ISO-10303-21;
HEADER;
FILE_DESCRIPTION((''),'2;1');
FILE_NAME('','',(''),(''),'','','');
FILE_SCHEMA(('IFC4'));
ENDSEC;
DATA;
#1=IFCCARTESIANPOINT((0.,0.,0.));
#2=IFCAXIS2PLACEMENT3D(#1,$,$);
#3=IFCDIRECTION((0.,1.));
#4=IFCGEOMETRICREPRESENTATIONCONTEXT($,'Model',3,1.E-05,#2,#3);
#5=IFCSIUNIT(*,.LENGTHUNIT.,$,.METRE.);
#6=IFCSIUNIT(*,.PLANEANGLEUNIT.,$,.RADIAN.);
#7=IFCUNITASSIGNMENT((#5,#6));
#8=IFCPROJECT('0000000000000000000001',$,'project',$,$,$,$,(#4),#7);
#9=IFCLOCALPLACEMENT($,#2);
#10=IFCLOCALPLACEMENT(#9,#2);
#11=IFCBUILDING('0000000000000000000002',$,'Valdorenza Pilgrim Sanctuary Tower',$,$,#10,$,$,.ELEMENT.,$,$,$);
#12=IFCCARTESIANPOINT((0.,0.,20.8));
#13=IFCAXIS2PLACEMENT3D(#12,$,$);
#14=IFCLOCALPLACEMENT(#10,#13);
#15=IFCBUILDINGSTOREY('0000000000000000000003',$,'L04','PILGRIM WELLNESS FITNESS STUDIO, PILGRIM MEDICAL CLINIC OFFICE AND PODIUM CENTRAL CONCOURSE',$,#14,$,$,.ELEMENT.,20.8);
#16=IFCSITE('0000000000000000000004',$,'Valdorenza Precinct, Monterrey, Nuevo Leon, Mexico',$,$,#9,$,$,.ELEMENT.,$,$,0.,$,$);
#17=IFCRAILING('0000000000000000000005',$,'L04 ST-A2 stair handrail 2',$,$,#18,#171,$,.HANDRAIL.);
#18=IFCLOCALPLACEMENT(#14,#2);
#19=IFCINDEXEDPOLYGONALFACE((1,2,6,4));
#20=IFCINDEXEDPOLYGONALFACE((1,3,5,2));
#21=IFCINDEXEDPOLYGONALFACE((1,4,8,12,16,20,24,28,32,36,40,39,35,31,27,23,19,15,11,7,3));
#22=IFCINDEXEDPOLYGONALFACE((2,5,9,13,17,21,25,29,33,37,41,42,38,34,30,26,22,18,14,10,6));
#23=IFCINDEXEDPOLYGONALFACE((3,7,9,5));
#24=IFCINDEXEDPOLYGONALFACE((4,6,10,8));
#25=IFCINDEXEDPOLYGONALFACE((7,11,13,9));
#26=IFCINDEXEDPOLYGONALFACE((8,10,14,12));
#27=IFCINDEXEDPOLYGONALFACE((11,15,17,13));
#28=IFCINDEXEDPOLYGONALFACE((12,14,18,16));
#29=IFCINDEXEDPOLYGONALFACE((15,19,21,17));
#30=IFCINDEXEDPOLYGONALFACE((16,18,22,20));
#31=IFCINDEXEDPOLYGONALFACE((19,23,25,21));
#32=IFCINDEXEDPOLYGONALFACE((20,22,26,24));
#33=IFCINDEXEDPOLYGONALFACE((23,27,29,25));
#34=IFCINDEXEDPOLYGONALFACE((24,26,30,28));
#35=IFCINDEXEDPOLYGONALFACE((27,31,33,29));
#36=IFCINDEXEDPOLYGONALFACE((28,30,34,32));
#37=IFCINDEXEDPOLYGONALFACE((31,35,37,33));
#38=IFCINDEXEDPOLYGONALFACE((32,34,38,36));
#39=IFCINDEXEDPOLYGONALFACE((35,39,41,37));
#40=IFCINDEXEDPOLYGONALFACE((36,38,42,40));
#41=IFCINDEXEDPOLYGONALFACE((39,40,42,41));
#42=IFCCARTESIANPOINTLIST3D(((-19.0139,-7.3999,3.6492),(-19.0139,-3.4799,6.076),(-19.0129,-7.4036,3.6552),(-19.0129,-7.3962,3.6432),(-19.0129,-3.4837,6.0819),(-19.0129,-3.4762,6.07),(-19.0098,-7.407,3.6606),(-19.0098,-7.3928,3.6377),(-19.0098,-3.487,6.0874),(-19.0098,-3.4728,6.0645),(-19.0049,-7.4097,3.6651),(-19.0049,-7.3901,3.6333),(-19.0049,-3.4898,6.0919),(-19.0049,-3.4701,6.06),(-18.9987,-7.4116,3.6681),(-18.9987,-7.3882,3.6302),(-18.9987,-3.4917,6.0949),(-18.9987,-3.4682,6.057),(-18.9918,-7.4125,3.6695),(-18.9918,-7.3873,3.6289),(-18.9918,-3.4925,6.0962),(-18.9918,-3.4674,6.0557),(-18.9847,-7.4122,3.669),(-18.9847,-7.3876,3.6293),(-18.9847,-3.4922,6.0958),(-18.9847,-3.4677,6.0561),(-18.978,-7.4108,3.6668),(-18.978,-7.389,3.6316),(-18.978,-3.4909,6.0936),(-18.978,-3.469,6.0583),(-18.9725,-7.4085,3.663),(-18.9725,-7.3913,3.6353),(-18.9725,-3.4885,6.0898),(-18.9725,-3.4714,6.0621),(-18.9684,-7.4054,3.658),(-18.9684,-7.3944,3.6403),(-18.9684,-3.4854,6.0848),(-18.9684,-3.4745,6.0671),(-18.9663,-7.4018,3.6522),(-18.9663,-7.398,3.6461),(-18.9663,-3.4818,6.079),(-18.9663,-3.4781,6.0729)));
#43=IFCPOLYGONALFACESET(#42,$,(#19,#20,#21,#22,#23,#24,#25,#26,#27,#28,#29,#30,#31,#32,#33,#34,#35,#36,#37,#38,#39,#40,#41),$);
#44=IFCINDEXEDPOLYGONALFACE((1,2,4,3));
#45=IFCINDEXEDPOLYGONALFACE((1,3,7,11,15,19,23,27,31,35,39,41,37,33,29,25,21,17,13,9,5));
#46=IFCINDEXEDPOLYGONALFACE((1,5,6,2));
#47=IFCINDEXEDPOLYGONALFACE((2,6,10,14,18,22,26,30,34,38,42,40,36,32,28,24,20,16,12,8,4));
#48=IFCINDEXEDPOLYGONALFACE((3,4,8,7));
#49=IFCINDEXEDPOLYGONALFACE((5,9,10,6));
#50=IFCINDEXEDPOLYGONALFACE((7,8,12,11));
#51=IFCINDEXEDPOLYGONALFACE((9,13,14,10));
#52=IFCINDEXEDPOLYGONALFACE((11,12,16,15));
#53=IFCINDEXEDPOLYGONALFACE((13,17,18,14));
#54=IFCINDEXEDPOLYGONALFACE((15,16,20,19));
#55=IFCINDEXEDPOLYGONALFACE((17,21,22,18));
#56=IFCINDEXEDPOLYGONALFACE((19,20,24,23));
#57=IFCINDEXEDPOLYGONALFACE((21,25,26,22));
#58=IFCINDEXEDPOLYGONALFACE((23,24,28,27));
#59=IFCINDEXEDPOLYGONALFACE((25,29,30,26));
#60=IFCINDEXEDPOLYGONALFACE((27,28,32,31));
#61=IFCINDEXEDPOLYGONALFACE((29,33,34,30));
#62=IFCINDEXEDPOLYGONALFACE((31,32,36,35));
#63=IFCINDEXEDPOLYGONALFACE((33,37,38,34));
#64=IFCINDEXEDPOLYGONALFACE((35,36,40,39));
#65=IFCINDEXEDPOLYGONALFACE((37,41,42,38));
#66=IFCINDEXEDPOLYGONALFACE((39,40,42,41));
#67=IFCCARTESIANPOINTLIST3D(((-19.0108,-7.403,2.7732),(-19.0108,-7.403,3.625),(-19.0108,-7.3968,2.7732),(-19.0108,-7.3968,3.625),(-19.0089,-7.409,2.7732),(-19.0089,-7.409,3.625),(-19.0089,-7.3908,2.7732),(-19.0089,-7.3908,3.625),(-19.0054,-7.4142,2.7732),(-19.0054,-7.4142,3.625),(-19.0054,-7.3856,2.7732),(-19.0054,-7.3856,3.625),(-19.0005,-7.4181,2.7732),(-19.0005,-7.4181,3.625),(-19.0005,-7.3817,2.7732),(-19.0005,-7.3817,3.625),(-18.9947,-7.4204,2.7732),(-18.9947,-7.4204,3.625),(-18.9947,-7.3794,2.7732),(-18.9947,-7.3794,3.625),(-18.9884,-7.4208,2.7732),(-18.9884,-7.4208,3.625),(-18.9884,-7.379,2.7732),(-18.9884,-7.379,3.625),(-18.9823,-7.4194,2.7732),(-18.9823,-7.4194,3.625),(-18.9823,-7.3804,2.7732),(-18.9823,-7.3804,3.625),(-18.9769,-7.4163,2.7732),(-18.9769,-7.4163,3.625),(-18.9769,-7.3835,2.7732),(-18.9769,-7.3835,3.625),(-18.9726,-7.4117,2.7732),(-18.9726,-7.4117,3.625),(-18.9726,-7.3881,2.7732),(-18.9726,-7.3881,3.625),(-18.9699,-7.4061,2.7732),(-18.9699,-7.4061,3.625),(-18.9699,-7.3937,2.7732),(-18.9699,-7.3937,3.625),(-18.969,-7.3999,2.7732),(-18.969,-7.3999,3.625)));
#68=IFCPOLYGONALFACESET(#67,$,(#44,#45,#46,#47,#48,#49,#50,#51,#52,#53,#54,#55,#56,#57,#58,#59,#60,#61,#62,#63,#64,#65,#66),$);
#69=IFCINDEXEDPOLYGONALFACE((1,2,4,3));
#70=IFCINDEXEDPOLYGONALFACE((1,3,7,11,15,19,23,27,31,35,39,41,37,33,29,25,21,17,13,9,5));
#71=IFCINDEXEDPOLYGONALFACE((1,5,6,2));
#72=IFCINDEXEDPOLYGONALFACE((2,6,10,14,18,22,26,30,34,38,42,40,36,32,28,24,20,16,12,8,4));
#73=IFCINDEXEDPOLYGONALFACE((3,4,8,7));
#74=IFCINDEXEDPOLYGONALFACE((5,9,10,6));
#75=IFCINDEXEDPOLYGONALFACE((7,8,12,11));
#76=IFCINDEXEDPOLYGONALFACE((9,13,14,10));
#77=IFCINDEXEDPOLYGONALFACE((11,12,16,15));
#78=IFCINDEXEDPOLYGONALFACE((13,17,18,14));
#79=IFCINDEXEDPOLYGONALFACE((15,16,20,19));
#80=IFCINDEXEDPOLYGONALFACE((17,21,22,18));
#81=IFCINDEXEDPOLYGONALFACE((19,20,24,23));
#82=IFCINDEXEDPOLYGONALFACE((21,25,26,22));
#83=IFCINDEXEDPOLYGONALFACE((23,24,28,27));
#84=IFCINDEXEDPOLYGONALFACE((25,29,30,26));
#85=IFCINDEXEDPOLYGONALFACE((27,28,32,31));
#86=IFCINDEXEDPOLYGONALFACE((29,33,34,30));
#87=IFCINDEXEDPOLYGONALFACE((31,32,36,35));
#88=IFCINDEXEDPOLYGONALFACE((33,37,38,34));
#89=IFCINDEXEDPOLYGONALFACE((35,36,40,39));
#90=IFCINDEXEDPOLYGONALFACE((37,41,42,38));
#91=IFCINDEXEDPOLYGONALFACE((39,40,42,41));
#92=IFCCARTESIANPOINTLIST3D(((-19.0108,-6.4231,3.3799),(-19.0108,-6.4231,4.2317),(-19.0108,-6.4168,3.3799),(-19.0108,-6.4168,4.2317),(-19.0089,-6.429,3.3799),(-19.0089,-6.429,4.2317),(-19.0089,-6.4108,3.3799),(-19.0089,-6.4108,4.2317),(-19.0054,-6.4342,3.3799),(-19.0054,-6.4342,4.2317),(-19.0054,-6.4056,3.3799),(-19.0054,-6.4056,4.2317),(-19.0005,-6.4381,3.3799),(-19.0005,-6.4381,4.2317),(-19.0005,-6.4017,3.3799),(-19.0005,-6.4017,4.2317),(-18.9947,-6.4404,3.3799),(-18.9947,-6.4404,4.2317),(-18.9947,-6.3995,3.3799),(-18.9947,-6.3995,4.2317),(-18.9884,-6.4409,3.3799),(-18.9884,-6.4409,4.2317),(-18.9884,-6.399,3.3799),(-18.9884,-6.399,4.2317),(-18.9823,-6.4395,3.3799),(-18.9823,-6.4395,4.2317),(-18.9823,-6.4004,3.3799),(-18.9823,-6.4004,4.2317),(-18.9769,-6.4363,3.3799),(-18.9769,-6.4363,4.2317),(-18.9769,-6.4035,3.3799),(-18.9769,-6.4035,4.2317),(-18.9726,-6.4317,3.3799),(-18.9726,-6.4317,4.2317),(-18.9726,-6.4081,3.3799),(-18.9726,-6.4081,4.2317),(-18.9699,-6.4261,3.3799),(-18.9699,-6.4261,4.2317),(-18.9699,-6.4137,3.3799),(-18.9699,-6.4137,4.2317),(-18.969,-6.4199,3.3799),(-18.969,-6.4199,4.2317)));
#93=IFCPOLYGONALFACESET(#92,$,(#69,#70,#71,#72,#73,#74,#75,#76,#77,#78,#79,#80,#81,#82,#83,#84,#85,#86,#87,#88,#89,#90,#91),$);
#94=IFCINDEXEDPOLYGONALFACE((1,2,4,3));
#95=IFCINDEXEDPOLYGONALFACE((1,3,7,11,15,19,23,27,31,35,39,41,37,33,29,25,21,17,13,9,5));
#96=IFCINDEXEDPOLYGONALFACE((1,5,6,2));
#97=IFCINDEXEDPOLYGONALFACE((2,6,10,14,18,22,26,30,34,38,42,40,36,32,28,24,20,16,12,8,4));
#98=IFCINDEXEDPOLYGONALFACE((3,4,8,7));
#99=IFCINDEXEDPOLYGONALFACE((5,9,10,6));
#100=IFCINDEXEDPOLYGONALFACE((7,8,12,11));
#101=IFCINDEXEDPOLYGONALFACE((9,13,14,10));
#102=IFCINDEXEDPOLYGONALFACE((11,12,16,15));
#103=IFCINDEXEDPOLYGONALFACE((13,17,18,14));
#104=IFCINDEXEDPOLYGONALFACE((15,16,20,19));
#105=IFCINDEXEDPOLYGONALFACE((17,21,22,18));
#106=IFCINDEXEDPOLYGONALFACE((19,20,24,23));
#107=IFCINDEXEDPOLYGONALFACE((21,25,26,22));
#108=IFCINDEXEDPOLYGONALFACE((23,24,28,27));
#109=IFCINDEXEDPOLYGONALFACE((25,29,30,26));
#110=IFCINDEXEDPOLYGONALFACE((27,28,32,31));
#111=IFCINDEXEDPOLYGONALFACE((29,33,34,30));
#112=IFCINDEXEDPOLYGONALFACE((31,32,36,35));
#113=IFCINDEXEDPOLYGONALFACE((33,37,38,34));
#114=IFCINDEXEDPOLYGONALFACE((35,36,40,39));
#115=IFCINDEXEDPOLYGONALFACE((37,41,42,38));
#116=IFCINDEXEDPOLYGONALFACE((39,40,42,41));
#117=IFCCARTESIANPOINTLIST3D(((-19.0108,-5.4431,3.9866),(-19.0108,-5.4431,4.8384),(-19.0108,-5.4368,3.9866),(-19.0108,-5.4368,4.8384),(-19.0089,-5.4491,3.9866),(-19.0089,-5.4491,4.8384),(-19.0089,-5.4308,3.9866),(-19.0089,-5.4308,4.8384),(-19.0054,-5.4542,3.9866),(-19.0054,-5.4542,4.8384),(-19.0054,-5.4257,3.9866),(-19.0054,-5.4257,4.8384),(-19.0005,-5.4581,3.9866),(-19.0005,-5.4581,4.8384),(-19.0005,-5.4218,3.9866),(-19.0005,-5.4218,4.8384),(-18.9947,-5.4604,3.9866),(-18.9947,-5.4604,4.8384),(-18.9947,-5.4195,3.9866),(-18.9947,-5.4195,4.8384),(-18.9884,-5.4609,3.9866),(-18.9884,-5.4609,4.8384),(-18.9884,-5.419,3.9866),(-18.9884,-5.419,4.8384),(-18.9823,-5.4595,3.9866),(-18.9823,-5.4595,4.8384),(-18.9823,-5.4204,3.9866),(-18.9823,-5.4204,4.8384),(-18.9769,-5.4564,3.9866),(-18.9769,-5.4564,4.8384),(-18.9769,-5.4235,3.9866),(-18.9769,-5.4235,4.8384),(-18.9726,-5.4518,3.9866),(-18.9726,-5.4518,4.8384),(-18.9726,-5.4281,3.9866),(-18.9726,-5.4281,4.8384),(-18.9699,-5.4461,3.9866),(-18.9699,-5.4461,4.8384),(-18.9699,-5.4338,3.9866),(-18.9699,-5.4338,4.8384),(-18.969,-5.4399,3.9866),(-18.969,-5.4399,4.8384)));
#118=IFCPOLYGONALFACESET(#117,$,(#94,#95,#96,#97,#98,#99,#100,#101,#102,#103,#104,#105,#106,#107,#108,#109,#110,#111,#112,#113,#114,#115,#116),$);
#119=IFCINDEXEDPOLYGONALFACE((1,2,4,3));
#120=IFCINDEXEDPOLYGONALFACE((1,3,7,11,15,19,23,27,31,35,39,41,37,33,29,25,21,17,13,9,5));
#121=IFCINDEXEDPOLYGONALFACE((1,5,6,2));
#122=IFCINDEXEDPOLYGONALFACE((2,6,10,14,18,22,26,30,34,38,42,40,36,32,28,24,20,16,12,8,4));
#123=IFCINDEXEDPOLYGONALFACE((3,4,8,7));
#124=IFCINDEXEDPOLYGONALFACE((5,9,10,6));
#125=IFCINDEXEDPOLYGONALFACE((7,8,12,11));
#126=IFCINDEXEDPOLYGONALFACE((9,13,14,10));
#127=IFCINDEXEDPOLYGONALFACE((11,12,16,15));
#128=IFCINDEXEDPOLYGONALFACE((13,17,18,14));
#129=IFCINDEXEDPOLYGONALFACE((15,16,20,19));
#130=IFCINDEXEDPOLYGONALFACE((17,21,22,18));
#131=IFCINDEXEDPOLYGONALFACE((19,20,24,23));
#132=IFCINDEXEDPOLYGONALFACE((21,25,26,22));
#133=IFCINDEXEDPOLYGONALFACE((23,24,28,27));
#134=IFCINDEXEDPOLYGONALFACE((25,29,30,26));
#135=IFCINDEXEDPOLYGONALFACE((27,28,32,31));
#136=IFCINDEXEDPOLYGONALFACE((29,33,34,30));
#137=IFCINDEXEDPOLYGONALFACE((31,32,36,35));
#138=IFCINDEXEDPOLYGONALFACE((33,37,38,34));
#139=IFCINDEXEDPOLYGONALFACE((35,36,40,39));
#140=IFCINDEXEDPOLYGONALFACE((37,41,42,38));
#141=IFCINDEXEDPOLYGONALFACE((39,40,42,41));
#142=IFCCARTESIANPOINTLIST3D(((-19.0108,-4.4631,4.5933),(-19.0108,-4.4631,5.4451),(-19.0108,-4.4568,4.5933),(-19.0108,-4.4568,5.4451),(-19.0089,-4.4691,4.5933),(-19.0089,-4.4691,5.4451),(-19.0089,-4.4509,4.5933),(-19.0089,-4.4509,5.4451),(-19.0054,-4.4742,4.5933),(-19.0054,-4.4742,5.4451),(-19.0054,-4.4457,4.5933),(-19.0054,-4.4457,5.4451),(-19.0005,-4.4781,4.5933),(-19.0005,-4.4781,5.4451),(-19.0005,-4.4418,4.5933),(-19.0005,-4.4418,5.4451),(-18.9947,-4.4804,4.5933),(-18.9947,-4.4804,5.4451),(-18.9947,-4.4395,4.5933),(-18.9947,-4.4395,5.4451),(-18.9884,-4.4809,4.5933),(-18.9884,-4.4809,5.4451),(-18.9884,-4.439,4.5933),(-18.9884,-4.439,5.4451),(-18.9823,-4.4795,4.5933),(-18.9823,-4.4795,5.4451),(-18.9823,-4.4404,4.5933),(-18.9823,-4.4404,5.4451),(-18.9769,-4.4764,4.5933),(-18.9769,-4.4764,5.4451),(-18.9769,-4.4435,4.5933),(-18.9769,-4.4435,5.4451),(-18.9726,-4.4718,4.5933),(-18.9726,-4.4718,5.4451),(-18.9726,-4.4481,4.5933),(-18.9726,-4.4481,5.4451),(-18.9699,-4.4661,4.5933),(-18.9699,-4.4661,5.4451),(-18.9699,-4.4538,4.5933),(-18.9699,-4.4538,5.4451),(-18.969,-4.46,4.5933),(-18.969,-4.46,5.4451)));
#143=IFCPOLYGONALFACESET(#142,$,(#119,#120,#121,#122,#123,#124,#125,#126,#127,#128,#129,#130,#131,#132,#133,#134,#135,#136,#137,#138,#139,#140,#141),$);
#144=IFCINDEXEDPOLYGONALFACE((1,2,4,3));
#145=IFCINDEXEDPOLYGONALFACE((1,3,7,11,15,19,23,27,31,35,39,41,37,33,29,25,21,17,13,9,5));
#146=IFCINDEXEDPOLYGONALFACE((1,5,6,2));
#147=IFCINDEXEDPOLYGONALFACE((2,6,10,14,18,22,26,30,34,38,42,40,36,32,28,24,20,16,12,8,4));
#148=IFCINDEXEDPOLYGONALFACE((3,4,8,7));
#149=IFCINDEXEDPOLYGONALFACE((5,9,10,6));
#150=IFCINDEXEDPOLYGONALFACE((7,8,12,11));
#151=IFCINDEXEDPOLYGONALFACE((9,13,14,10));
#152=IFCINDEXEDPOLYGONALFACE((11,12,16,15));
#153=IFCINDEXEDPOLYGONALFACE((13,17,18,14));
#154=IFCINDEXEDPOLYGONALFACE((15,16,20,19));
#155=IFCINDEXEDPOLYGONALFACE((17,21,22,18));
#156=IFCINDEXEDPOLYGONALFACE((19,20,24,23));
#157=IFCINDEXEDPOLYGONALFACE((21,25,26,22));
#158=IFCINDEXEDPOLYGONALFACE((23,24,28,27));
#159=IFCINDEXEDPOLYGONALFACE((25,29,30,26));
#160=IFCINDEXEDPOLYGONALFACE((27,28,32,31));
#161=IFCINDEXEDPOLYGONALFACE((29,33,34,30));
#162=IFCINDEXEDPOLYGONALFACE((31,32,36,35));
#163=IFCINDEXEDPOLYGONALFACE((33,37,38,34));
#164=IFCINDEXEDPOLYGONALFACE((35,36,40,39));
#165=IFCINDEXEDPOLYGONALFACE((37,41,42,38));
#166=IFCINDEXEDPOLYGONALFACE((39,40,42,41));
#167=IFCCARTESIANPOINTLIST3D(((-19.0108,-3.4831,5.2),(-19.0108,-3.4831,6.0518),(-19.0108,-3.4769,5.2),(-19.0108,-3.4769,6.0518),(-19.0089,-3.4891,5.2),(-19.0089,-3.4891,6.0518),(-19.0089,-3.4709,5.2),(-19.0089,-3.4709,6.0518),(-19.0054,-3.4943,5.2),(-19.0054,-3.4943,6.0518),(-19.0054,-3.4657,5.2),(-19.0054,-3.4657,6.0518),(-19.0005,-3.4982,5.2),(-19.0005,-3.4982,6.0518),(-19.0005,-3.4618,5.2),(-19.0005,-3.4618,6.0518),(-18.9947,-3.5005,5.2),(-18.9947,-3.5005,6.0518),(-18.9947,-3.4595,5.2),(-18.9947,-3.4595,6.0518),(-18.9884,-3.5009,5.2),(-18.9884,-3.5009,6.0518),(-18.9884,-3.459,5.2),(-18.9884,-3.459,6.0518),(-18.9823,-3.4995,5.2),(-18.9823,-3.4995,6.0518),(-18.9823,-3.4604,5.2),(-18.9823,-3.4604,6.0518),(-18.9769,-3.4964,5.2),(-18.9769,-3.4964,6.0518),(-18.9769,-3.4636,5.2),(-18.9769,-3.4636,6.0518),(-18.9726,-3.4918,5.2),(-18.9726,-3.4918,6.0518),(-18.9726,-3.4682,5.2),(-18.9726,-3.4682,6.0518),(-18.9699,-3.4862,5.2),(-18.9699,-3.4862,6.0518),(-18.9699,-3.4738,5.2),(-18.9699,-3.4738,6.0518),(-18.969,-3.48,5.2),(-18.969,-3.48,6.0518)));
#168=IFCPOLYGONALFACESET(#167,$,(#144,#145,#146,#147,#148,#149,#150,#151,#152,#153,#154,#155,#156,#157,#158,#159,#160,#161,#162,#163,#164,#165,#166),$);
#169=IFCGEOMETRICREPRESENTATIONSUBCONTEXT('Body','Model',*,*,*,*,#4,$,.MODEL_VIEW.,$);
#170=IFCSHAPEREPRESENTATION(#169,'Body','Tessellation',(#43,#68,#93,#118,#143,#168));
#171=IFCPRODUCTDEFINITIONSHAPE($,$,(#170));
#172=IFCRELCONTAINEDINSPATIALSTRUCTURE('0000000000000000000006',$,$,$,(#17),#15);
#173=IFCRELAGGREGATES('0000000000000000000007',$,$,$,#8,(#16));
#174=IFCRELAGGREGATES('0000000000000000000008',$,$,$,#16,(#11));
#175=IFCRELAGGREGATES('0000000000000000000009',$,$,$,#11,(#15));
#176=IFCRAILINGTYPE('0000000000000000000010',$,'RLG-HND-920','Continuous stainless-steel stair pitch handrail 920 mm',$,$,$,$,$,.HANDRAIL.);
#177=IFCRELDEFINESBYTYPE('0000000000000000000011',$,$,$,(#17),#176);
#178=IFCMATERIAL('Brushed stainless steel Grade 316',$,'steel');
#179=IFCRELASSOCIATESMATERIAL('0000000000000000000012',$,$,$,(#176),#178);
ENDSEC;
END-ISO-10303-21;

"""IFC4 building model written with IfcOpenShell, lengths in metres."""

from ifc_helpers import new_model, si_unit, direction, frame, origin, origin_2d, place, context, subcontext, project, spatial, circle, extrude, material, type_object, element, save


model = new_model("IFC4")

# Units and contexts
model_context = context("Model", 3, precision=1e-05, world=origin(), true_north=direction((0.0, 1.0)))
body_context = subcontext(model_context, "Body", "Model", "MODEL_VIEW")
ifc_project = project(units=[si_unit("LENGTHUNIT", "METRE"), si_unit("PLANEANGLEUNIT", "RADIAN")], contexts=[model_context])

# Site, building, storey
site_placement = place(None, origin())
site = spatial("IfcSite", under=ifc_project, at=site_placement, Name="Valdorenza Precinct, Monterrey, Nuevo Leon, Mexico", CompositionType="ELEMENT", RefElevation=0.0)
building_placement = place(site_placement, origin())
building = spatial("IfcBuilding", under=site, at=building_placement, Name="Valdorenza Pilgrim Sanctuary Tower", CompositionType="ELEMENT")
storey_placement = place(building_placement, frame((0.0, 0.0, 20.8)))
storey = spatial("IfcBuildingStorey", under=building, at=storey_placement, Name="L04", Description="PILGRIM WELLNESS FITNESS STUDIO, PILGRIM MEDICAL CLINIC OFFICE AND PODIUM CENTRAL CONCOURSE", CompositionType="ELEMENT", Elevation=20.8)

# Shared definitions
ifc_material_1 = material(Name="Brushed stainless steel Grade 316", Category="steel")

# Railing
railing_type_1 = type_object("IfcRailingType", Name="RLG-HND-920", Description="Continuous stainless-steel stair pitch handrail 920 mm", PredefinedType="HANDRAIL", material=ifc_material_1)
railing_1_placement = place(storey_placement, frame((-18.99, -7.3999, 2.7732)))
element("IfcRailing", 1, at=railing_1_placement, inside=storey, type_object=railing_type_1, Name="L04 ST-A2 stair handrail 2", PredefinedType="HANDRAIL", context=body_context, shape_type="SweptSolid", body=[
    extrude(circle(Radius=0.0239, at=origin_2d()), frame((0.0, 0.0, 0.876), z_axis=(0.0, 0.850252, 0.526376), x_axis=(-1.0, 0.0, 0.0)), (0.0, 0.0, 1.0), 4.6104),
    extrude(circle(Radius=0.021, at=origin_2d()), origin(), (0.0, 0.0, 1.0), 0.8518),
    extrude(circle(Radius=0.021, at=origin_2d()), frame((0.0, 0.98, 0.6067)), (0.0, 0.0, 1.0), 0.8518),
    extrude(circle(Radius=0.021, at=origin_2d()), frame((0.0, 1.96, 1.2134)), (0.0, 0.0, 1.0), 0.8518),
    extrude(circle(Radius=0.021, at=origin_2d()), frame((0.0, 2.9399, 1.8201)), (0.0, 0.0, 1.0), 0.8518),
    extrude(circle(Radius=0.021, at=origin_2d()), frame((0.0, 3.9199, 2.4268)), (0.0, 0.0, 1.0), 0.8518),
])

save(model, "model.ifc")
